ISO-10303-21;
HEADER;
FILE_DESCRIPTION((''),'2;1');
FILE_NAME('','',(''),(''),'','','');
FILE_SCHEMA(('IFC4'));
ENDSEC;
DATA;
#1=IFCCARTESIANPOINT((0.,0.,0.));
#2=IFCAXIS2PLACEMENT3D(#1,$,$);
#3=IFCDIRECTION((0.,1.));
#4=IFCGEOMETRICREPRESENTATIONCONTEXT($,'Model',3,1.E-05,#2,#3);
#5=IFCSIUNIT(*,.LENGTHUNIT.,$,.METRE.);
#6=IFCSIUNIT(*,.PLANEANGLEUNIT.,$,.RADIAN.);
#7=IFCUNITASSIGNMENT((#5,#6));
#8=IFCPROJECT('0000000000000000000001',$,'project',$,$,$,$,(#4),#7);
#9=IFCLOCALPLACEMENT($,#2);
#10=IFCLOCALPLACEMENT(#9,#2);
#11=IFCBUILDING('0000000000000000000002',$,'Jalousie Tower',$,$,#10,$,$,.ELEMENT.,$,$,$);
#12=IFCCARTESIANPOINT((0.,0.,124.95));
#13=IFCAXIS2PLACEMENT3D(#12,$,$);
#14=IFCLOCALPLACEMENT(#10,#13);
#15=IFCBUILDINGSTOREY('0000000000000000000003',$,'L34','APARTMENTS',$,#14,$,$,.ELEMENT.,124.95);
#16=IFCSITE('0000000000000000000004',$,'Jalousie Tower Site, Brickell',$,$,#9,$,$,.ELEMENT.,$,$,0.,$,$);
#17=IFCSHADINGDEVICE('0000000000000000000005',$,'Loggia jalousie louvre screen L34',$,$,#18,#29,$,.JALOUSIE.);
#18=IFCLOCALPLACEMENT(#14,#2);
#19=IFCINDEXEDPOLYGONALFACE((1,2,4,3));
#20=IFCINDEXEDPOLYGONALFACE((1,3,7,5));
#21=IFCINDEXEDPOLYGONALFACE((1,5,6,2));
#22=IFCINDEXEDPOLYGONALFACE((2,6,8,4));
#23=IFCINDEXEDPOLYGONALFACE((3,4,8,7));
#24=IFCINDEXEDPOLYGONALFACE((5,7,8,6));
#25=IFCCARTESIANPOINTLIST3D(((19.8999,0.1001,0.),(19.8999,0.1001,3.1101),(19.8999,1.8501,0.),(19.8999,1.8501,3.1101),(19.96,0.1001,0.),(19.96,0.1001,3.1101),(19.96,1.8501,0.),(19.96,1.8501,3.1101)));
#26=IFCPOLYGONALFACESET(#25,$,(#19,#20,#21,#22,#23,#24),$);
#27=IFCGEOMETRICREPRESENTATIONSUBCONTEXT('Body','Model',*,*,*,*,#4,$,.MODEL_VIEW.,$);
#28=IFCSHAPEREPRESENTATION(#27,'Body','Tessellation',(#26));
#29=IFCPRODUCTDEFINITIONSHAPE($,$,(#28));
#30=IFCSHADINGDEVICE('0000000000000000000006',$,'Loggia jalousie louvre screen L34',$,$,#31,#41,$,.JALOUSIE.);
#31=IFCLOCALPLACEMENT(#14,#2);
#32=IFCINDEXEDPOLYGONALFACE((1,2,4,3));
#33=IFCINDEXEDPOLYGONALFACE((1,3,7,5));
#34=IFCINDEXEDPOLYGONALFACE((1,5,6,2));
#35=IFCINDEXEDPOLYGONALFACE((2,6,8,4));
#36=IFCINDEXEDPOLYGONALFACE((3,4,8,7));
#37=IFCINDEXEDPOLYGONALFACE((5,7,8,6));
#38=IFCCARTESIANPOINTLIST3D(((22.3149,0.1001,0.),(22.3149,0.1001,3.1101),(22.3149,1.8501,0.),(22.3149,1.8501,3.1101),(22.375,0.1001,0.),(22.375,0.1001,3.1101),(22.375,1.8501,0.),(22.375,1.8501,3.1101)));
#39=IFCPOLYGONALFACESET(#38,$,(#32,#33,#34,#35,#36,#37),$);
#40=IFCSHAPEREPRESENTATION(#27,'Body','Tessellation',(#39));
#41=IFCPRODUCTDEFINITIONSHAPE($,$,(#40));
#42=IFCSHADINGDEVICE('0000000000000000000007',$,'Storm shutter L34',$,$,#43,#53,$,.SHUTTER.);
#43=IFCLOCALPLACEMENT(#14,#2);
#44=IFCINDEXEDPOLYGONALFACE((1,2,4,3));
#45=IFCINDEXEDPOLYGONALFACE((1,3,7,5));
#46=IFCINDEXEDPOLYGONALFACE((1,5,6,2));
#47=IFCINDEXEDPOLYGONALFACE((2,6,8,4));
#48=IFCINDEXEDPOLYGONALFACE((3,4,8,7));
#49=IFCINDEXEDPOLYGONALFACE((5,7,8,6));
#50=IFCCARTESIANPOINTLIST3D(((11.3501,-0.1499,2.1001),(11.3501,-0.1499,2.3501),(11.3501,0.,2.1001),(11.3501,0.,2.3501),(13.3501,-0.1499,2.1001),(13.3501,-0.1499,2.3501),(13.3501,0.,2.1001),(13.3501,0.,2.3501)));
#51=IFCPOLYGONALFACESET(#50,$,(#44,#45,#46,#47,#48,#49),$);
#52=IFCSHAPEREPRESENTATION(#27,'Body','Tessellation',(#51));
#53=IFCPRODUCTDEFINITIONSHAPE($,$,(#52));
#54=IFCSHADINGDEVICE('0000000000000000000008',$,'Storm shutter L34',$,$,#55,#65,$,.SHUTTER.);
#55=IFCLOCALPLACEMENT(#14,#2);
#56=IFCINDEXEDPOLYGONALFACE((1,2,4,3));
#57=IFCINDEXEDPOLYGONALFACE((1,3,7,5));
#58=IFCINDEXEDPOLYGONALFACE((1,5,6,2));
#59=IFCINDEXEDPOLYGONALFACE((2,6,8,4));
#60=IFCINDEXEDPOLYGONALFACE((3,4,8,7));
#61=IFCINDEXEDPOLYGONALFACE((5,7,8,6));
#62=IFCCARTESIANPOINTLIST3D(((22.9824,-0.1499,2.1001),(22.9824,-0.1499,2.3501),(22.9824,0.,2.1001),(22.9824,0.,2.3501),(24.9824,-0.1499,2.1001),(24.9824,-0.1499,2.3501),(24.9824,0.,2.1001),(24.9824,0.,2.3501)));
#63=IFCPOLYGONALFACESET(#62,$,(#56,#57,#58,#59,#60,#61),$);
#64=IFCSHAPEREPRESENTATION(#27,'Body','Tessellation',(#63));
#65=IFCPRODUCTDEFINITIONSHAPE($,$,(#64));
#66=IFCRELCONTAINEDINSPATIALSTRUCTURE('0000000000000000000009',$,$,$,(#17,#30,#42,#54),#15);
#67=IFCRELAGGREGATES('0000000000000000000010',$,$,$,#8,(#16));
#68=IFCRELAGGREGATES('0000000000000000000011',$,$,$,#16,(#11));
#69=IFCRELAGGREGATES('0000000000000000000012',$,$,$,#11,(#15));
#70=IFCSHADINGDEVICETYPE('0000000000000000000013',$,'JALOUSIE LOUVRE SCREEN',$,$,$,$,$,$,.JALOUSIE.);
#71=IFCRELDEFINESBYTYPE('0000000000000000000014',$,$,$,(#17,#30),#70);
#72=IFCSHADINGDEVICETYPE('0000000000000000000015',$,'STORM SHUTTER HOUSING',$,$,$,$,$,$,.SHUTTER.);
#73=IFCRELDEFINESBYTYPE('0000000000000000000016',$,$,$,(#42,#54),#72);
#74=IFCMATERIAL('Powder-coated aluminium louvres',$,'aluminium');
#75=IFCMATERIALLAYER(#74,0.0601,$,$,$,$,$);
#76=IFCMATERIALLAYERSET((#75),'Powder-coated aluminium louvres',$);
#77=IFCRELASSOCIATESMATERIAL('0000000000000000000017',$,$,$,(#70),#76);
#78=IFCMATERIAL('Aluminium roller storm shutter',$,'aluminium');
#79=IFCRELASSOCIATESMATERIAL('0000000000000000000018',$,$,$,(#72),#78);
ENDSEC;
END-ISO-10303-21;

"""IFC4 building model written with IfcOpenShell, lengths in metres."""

from ifc_helpers import new_model, si_unit, direction, frame, origin, origin_2d, place, context, subcontext, project, spatial, rectangle, extrude, material, layer, layer_set, type_object, element, save


model = new_model("IFC4")

# Units and contexts
model_context = context("Model", 3, precision=1e-05, world=origin(), true_north=direction((0.0, 1.0)))
body_context = subcontext(model_context, "Body", "Model", "MODEL_VIEW")
ifc_project = project(units=[si_unit("LENGTHUNIT", "METRE"), si_unit("PLANEANGLEUNIT", "RADIAN")], contexts=[model_context])

# Site, building, storey
site_placement = place(None, origin())
site = spatial("IfcSite", under=ifc_project, at=site_placement, Name="Jalousie Tower Site, Brickell", CompositionType="ELEMENT", RefElevation=0.0)
building_placement = place(site_placement, origin())
building = spatial("IfcBuilding", under=site, at=building_placement, Name="Jalousie Tower", CompositionType="ELEMENT")
storey_placement = place(building_placement, frame((0.0, 0.0, 124.95)))
storey = spatial("IfcBuildingStorey", under=building, at=storey_placement, Name="L34", Description="APARTMENTS", CompositionType="ELEMENT", Elevation=124.95)

# Shading devices
ifc_material_1 = material(Name="Powder-coated aluminium louvres", Category="aluminium")
ifc_layer_1 = layer(ifc_material_1, 0.0601)
ifc_layer_set_1 = layer_set([ifc_layer_1], Name="Powder-coated aluminium louvres")
shading_device_type_1 = type_object("IfcShadingDeviceType", Name="JALOUSIE LOUVRE SCREEN", PredefinedType="JALOUSIE", material=ifc_layer_set_1)
for number, where, z_axis, x_axis, name in (
    (1, (19.9299, 0.9751, 0.0), (0.0, 0.0, 1.0), (1.0, 0.0, 0.0), "Loggia jalousie louvre screen L34"),
    (2, (22.345, 0.9751, 0.0), (0.0, 0.0, 1.0), (1.0, 0.0, 0.0), "Loggia jalousie louvre screen L34"),
):
    element("IfcShadingDevice", number, at=place(storey_placement, frame(where, z_axis=z_axis, x_axis=x_axis)), inside=storey, type_object=shading_device_type_1, Name=name, PredefinedType="JALOUSIE", context=body_context, shape_type="SweptSolid", body=[
        extrude(rectangle(XDim=0.0601, YDim=1.75, at=origin_2d()), origin(), (0.0, 0.0, 1.0), 3.1101),
    ])
ifc_material_2 = material(Name="Aluminium roller storm shutter", Category="aluminium")
shading_device_type_2 = type_object("IfcShadingDeviceType", Name="STORM SHUTTER HOUSING", PredefinedType="SHUTTER", material=ifc_material_2)
for number, where, z_axis, x_axis, name in (
    (3, (12.3501, -0.075, 2.1001), (0.0, 0.0, 1.0), (1.0, 0.0, 0.0), "Storm shutter L34"),
    (4, (23.9824, -0.075, 2.1001), (0.0, 0.0, 1.0), (1.0, 0.0, 0.0), "Storm shutter L34"),
):
    element("IfcShadingDevice", number, at=place(storey_placement, frame(where, z_axis=z_axis, x_axis=x_axis)), inside=storey, type_object=shading_device_type_2, Name=name, PredefinedType="SHUTTER", context=body_context, shape_type="SweptSolid", body=[
        extrude(rectangle(XDim=2.0, YDim=0.1499, at=origin_2d()), origin(), (0.0, 0.0, 1.0), 0.25),
    ])

save(model, "model.ifc")
